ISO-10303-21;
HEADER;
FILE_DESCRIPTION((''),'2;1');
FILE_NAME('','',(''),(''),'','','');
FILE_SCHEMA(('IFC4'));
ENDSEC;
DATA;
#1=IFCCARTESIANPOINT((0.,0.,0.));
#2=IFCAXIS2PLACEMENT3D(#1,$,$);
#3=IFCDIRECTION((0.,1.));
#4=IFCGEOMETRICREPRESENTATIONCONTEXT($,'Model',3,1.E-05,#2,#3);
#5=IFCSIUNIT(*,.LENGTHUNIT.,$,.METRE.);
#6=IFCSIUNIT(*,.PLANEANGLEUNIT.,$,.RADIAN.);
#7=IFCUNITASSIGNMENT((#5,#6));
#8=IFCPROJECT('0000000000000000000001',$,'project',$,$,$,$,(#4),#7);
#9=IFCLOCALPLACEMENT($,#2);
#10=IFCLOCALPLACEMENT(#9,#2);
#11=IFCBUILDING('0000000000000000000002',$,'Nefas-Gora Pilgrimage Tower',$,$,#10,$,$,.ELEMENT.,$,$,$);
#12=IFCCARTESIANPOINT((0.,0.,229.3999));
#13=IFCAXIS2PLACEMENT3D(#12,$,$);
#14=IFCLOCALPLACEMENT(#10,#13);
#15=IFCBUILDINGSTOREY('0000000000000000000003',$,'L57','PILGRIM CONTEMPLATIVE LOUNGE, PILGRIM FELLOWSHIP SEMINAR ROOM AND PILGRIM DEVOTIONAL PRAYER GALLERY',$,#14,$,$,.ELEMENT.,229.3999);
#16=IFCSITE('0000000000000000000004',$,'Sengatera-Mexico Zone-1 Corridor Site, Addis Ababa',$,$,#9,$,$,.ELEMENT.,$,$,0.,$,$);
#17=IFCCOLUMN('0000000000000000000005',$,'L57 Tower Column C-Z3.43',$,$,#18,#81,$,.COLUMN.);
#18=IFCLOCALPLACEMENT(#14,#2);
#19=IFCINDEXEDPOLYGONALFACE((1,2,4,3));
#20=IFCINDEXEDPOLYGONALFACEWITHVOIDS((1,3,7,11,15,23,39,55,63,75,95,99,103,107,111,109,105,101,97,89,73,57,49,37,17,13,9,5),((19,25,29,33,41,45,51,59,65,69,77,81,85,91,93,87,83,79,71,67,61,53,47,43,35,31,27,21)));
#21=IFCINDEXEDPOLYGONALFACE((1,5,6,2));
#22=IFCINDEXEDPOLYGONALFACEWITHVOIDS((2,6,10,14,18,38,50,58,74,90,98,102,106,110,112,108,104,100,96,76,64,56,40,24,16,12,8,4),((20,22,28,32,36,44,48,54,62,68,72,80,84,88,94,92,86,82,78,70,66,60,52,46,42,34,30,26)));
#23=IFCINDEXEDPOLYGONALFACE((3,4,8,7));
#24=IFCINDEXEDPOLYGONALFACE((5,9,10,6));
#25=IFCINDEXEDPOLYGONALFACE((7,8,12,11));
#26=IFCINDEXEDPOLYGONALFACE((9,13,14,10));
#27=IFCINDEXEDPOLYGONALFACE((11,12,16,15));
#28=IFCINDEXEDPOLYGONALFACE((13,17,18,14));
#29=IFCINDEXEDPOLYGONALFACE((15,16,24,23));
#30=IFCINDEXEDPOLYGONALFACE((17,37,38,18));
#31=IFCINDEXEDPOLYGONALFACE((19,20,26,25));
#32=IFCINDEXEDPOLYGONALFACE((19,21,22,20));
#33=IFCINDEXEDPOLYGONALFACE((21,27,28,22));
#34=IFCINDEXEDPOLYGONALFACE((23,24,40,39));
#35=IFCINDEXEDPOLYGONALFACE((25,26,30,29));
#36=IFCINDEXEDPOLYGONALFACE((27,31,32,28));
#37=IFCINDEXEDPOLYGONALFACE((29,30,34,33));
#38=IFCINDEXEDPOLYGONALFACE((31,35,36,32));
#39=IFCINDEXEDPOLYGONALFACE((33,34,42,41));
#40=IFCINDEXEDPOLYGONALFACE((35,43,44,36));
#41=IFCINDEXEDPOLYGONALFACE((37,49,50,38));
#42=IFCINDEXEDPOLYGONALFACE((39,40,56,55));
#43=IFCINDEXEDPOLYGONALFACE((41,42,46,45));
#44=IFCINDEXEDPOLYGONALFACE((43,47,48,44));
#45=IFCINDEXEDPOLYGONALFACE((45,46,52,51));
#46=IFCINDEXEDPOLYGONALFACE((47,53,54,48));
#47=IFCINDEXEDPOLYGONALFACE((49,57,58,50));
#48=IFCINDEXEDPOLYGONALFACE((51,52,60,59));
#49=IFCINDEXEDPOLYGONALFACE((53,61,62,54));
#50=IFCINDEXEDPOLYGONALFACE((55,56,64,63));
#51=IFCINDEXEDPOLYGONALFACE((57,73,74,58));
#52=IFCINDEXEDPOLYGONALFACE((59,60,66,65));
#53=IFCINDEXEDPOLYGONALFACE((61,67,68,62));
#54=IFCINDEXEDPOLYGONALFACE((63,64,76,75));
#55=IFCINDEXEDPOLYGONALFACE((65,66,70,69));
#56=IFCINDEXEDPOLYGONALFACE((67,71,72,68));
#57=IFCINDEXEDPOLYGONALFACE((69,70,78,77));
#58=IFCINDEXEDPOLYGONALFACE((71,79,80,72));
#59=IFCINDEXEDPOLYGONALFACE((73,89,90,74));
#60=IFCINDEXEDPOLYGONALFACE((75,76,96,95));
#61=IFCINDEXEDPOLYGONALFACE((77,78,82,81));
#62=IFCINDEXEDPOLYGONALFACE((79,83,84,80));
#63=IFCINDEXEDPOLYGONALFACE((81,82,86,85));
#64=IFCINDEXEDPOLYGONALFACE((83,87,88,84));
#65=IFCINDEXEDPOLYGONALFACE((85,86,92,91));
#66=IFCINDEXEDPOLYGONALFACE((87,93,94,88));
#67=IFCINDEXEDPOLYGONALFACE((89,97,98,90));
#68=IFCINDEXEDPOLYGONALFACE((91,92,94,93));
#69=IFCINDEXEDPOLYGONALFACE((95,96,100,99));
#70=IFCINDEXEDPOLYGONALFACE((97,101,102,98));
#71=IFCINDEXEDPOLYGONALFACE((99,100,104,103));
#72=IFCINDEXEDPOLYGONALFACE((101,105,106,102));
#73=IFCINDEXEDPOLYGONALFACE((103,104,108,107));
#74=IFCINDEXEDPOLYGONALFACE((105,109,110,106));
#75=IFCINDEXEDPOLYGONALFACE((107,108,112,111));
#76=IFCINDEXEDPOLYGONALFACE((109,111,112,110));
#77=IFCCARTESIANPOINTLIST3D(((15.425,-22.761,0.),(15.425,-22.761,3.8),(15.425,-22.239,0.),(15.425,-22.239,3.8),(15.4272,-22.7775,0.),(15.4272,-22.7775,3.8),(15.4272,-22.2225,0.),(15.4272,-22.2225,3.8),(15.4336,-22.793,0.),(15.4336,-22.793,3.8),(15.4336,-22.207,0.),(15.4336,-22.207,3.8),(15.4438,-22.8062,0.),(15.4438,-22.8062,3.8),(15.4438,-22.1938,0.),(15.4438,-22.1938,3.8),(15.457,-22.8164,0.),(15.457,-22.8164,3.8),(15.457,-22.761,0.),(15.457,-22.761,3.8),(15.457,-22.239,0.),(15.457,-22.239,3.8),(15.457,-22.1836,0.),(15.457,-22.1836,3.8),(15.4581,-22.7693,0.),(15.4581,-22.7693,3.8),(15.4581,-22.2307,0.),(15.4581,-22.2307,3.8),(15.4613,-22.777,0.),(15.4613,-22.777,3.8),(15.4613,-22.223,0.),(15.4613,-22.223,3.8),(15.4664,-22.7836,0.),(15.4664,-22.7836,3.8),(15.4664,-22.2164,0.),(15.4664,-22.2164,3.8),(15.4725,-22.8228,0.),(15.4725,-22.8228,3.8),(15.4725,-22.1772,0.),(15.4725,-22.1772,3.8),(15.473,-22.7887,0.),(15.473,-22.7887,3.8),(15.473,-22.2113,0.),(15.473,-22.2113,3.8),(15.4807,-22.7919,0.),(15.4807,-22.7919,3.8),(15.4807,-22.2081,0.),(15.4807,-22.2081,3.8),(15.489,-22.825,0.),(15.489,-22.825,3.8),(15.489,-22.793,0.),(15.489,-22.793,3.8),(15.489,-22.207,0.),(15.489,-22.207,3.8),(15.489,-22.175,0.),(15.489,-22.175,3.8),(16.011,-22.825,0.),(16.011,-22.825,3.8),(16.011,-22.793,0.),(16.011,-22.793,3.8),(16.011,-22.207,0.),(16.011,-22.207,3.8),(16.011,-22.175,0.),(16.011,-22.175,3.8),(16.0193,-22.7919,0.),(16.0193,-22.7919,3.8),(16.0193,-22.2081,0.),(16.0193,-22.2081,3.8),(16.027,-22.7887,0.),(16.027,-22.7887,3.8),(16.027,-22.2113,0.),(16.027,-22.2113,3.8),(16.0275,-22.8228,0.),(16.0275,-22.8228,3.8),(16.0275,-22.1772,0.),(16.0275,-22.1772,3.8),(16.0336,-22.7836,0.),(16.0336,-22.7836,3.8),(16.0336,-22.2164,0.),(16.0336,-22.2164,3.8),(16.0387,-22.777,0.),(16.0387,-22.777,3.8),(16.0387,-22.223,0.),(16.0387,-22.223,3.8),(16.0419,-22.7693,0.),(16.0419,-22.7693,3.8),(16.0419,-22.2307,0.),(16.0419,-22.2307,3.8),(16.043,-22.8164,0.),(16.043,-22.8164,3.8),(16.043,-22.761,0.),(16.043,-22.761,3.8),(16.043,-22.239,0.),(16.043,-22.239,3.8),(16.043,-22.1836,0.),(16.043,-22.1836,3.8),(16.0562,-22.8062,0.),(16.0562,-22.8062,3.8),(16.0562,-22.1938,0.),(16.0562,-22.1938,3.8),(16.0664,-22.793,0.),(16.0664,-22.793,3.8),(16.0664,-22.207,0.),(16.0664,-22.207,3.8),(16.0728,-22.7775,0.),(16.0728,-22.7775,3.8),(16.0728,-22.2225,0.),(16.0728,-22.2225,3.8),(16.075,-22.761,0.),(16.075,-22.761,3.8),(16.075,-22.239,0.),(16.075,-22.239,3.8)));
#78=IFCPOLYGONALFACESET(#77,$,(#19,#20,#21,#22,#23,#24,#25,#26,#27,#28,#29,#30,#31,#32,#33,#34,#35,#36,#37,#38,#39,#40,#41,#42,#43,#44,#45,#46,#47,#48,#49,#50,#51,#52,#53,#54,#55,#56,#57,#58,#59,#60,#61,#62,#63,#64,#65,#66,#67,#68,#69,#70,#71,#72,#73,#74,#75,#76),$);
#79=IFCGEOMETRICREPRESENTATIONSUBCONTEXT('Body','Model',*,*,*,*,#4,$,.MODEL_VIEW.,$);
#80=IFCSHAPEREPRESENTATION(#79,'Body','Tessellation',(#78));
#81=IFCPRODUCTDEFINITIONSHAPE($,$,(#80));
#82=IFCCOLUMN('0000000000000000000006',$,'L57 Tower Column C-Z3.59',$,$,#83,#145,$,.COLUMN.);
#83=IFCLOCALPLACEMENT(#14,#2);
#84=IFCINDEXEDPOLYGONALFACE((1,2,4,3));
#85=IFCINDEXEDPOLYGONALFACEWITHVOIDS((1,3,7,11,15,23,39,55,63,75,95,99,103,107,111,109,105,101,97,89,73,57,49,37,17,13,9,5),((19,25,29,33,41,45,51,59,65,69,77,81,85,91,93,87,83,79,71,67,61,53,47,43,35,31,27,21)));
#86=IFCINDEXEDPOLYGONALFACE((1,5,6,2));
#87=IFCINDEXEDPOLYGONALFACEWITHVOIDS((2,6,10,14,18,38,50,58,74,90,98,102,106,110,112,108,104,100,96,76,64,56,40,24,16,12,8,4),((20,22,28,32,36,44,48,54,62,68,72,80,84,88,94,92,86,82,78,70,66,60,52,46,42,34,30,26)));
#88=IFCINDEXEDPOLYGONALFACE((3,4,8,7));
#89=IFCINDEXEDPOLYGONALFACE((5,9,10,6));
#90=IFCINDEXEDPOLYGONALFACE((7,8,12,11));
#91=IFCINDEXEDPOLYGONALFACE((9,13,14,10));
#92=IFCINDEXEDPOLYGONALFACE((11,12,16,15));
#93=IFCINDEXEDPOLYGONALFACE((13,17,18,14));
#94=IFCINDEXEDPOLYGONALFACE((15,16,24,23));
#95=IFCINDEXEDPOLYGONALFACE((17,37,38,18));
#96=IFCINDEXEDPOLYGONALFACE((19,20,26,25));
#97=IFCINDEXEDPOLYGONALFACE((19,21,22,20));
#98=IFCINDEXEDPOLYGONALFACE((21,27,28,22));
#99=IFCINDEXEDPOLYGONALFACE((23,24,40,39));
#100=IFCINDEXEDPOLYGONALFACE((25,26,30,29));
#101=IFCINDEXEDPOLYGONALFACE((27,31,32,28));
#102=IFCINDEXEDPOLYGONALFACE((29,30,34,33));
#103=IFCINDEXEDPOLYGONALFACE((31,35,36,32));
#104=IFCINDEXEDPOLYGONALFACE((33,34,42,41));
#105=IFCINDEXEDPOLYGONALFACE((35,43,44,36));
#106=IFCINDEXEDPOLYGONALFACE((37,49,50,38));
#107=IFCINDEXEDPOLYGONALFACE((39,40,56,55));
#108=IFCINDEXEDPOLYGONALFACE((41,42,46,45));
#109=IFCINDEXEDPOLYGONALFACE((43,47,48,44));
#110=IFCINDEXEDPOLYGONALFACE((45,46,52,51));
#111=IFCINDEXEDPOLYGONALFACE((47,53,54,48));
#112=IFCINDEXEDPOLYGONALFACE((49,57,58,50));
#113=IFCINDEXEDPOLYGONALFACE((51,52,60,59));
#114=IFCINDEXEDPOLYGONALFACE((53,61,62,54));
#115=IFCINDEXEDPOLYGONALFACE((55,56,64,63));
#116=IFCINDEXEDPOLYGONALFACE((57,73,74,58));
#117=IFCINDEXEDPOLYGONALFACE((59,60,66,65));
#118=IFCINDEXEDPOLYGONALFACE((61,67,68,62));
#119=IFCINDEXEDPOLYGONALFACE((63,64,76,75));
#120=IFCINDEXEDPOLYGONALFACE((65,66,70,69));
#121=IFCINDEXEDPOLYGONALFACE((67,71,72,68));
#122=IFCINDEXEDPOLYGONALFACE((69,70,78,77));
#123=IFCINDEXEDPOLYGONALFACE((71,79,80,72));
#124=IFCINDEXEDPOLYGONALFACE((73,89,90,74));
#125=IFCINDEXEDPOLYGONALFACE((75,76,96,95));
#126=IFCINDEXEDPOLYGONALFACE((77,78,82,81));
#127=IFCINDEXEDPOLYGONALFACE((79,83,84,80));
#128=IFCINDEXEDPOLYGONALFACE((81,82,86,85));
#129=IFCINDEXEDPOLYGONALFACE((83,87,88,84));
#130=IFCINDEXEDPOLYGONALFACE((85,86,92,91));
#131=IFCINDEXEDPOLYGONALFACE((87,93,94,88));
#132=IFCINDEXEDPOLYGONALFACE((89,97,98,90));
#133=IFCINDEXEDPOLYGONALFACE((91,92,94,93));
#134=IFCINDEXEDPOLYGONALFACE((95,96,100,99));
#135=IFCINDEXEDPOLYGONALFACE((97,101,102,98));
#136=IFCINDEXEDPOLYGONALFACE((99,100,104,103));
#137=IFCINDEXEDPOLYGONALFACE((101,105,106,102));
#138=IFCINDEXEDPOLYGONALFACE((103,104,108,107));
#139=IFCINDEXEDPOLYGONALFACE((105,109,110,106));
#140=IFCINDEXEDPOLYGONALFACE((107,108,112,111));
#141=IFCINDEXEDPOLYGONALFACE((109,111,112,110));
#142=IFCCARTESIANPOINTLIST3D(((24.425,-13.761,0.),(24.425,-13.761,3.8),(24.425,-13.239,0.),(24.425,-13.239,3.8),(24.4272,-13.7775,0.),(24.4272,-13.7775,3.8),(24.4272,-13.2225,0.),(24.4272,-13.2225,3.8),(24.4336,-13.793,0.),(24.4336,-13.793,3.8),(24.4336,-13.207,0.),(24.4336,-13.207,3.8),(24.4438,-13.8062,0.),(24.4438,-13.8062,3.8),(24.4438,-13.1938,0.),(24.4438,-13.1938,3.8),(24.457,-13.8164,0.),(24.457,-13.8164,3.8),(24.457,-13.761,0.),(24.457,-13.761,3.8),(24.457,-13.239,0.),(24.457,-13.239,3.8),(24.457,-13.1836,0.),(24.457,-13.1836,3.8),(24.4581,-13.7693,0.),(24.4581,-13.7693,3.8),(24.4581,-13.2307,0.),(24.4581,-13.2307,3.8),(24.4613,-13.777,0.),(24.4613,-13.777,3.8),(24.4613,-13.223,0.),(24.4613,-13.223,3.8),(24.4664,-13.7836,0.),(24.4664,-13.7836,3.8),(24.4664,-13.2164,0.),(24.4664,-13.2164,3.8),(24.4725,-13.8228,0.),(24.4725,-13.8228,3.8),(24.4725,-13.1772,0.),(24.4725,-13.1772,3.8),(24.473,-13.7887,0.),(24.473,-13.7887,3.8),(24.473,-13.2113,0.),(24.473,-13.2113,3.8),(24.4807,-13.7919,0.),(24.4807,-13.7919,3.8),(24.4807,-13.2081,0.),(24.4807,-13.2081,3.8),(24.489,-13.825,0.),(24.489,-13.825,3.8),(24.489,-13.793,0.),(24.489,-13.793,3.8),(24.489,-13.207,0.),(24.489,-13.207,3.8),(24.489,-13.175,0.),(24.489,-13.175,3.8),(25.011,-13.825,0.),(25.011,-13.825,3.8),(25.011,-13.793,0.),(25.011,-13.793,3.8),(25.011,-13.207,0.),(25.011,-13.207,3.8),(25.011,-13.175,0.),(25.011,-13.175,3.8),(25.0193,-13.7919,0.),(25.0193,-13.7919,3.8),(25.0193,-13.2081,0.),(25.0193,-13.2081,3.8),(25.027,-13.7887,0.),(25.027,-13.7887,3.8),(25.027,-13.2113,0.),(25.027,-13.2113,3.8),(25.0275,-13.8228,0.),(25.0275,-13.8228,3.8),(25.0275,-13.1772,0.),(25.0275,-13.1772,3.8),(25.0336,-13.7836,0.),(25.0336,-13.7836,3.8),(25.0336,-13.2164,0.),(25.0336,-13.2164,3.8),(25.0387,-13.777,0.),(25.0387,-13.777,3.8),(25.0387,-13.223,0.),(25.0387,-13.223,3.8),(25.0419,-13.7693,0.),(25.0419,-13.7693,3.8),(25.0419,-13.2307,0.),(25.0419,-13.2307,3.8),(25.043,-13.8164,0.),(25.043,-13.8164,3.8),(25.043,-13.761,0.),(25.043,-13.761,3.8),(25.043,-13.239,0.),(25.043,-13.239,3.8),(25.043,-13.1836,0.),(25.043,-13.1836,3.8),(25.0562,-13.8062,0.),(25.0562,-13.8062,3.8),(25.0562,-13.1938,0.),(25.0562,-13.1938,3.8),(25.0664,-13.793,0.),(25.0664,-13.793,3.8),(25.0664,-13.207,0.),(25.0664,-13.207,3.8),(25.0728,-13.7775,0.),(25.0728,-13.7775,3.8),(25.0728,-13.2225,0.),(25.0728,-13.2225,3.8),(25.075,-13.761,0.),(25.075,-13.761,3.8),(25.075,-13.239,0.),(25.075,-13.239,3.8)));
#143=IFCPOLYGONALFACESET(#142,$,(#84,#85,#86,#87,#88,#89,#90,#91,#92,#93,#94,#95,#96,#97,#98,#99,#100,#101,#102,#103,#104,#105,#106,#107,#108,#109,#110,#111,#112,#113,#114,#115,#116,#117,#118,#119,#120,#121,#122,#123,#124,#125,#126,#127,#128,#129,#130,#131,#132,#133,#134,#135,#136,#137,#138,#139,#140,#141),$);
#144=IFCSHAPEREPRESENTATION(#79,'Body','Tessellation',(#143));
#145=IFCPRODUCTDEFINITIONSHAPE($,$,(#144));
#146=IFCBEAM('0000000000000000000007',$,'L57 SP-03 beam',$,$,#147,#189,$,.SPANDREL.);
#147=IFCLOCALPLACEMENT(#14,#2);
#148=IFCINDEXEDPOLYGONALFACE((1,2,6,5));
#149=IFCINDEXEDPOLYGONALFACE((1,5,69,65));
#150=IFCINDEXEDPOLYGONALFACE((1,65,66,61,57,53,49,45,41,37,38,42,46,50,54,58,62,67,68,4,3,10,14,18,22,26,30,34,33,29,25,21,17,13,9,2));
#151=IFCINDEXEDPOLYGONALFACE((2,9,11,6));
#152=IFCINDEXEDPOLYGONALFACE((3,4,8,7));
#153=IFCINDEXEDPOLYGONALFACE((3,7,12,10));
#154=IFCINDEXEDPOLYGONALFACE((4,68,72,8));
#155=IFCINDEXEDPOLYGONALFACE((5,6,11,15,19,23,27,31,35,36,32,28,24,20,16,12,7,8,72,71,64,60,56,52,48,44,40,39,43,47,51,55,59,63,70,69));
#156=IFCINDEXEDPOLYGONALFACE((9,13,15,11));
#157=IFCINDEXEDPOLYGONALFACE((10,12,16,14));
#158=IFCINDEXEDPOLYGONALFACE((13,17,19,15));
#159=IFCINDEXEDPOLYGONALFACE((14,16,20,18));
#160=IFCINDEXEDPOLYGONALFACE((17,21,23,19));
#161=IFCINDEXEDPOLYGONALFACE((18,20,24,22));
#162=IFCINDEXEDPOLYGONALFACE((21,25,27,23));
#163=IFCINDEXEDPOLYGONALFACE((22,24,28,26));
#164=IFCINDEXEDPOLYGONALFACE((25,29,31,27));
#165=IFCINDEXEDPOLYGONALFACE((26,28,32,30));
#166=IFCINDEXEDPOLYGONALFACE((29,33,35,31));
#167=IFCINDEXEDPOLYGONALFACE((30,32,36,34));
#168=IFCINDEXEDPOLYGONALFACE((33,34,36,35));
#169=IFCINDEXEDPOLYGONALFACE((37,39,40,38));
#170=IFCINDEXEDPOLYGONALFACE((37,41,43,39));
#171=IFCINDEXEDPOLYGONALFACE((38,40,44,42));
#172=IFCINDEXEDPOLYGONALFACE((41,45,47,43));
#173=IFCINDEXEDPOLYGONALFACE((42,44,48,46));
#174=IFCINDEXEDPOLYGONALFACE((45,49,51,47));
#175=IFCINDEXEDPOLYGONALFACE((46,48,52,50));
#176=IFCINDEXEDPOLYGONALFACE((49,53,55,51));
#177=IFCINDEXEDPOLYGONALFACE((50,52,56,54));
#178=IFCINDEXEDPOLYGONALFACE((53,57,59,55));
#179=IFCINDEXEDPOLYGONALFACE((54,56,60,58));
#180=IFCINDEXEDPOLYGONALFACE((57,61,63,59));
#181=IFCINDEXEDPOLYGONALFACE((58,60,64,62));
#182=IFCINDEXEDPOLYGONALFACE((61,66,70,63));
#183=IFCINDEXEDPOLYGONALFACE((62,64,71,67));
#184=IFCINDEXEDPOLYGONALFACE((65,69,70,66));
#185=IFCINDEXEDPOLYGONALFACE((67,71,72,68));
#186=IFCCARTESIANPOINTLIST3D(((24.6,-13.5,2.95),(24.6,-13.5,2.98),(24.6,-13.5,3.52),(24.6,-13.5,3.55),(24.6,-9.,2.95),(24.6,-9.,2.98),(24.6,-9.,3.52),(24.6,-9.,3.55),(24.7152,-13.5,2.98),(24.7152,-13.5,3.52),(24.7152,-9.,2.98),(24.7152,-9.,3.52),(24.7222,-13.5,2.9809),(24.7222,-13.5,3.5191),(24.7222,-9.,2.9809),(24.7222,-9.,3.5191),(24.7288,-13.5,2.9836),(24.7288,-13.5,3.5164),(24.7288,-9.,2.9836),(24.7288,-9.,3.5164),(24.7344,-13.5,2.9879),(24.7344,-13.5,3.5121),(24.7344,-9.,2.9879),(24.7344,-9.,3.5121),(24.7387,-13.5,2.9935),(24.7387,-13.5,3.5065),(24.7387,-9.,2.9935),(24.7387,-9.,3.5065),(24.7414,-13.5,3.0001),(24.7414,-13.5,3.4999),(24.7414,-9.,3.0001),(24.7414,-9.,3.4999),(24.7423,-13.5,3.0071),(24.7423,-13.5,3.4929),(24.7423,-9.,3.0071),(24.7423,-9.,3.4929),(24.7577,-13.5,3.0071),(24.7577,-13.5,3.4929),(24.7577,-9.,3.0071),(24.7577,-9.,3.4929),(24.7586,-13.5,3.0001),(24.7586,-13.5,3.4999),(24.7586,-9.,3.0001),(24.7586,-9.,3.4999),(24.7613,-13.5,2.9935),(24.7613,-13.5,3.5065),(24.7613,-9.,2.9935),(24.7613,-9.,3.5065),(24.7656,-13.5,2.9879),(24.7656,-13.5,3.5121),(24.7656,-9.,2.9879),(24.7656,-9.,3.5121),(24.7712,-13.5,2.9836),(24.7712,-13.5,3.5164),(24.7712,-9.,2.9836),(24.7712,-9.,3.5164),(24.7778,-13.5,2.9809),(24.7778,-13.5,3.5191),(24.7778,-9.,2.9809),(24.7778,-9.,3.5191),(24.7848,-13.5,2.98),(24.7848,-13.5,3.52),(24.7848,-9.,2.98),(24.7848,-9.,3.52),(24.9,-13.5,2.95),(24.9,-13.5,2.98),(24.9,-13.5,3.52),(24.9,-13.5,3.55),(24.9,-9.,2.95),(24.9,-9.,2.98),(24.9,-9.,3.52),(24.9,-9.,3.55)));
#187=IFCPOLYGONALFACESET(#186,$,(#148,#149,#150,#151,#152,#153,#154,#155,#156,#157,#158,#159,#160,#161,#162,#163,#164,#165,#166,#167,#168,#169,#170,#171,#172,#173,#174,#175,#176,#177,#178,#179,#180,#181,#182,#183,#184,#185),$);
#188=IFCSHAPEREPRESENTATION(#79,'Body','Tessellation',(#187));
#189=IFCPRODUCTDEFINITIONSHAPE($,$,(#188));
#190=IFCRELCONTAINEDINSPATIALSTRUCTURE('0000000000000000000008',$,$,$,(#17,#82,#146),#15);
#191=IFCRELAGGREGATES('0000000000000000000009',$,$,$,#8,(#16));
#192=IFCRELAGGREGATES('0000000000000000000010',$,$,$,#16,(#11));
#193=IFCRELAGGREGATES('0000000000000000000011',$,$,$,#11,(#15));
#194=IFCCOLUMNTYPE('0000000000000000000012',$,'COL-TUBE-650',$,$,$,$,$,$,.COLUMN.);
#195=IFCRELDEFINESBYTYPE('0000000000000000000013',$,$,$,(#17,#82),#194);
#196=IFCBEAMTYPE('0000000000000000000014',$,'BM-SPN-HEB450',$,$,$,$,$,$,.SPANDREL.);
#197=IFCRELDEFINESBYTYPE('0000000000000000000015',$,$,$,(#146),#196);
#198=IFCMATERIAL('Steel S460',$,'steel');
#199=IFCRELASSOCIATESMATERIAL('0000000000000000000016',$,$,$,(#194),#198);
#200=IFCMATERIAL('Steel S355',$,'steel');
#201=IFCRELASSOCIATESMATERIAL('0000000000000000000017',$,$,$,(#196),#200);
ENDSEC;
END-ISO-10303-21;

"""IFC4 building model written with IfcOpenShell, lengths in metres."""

from ifc_helpers import new_model, si_unit, direction, frame, origin, origin_2d, place, context, subcontext, project, spatial, hollow_rectangle, i_section, extrude, source, transform, mapped, material, material_profile, profile_set, type_object, element, save


model = new_model("IFC4")

# Units and contexts
model_context = context("Model", 3, precision=1e-05, world=origin(), true_north=direction((0.0, 1.0)))
body_context = subcontext(model_context, "Body", "Model", "MODEL_VIEW")
ifc_project = project(units=[si_unit("LENGTHUNIT", "METRE"), si_unit("PLANEANGLEUNIT", "RADIAN")], contexts=[model_context])

# Site, building, storey
site_placement = place(None, origin())
site = spatial("IfcSite", under=ifc_project, at=site_placement, Name="Sengatera-Mexico Zone-1 Corridor Site, Addis Ababa", CompositionType="ELEMENT", RefElevation=0.0)
building_placement = place(site_placement, origin())
building = spatial("IfcBuilding", under=site, at=building_placement, Name="Nefas-Gora Pilgrimage Tower", CompositionType="ELEMENT")
storey_placement = place(building_placement, frame((0.0, 0.0, 229.3999)))
storey = spatial("IfcBuildingStorey", under=building, at=storey_placement, Name="L57", Description="PILGRIM CONTEMPLATIVE LOUNGE, PILGRIM FELLOWSHIP SEMINAR ROOM AND PILGRIM DEVOTIONAL PRAYER GALLERY", CompositionType="ELEMENT", Elevation=229.3999)

# Columns
ifc_material_1 = material(Name="Steel S460", Category="steel")
ifc_material_profile_1 = material_profile(ifc_material_1, hollow_rectangle(XDim=0.6499, YDim=0.6499, WallThickness=0.032, InnerFilletRadius=0.032, OuterFilletRadius=0.064, at=origin_2d()), Name="BOX 650x650x32")
ifc_profile_set_1 = profile_set([ifc_material_profile_1], Name="Steel S460")
column_type_1 = type_object("IfcColumnType", Name="COL-TUBE-650", PredefinedType="COLUMN", material=ifc_profile_set_1)
shared_shape_1 = source(origin(), body_context, "Body", "SweptSolid", [
    extrude(hollow_rectangle(XDim=0.6499, YDim=0.6499, WallThickness=0.032, InnerFilletRadius=0.032, OuterFilletRadius=0.064, at=origin_2d()), origin(), (0.0, 0.0, 1.0), 3.8),
])
for number, where, z_axis, x_axis, name in (
    (1, (15.75, -22.5, 0.0), (0.0, 0.0, 1.0), (1.0, 0.0, 0.0), "L57 Tower Column C-Z3.43"),
    (2, (24.75, -13.5, 0.0), (0.0, 0.0, 1.0), (1.0, 0.0, 0.0), "L57 Tower Column C-Z3.59"),
):
    element("IfcColumn", number, at=place(storey_placement, frame(where, z_axis=z_axis, x_axis=x_axis)), inside=storey, type_object=column_type_1, Name=name, PredefinedType="COLUMN", context=body_context, shape_type="MappedRepresentation", body=[
        mapped(shared_shape_1, transform((0.0, 0.0, 0.0), x_axis=(1.0, 0.0, 0.0), y_axis=(0.0, 1.0, 0.0), z_axis=(0.0, 0.0, 1.0), scale=1.0)),
    ])

# Beam
ifc_material_2 = material(Name="Steel S355", Category="steel")
ifc_material_profile_2 = material_profile(ifc_material_2, i_section(OverallWidth=0.3, OverallDepth=0.6001, WebThickness=0.0154, FlangeThickness=0.03, FilletRadius=0.0271, at=origin_2d()), Name="HEB 600")
ifc_profile_set_2 = profile_set([ifc_material_profile_2], Name="Steel S355")
beam_type_1 = type_object("IfcBeamType", Name="BM-SPN-HEB450", PredefinedType="SPANDREL", material=ifc_profile_set_2)
shared_shape_2 = source(origin(), body_context, "Body", "SweptSolid", [
    extrude(i_section(OverallWidth=0.3, OverallDepth=0.6001, WebThickness=0.0154, FlangeThickness=0.03, FilletRadius=0.0271, at=origin_2d()), origin(), (0.0, 0.0, 1.0), 4.5),
])
beam_1_placement = place(storey_placement, frame((24.75, -13.5, 3.25), z_axis=(0.0, 1.0, 0.0), x_axis=(-1.0, 0.0, 0.0)))
element("IfcBeam", 3, at=beam_1_placement, inside=storey, type_object=beam_type_1, Name="L57 SP-03 beam", PredefinedType="SPANDREL", context=body_context, shape_type="MappedRepresentation", body=[
    mapped(shared_shape_2, transform((0.0, 0.0, 0.0), x_axis=(1.0, 0.0, 0.0), y_axis=(0.0, 1.0, 0.0), z_axis=(0.0, 0.0, 1.0), scale=1.0)),
])

save(model, "model.ifc")
